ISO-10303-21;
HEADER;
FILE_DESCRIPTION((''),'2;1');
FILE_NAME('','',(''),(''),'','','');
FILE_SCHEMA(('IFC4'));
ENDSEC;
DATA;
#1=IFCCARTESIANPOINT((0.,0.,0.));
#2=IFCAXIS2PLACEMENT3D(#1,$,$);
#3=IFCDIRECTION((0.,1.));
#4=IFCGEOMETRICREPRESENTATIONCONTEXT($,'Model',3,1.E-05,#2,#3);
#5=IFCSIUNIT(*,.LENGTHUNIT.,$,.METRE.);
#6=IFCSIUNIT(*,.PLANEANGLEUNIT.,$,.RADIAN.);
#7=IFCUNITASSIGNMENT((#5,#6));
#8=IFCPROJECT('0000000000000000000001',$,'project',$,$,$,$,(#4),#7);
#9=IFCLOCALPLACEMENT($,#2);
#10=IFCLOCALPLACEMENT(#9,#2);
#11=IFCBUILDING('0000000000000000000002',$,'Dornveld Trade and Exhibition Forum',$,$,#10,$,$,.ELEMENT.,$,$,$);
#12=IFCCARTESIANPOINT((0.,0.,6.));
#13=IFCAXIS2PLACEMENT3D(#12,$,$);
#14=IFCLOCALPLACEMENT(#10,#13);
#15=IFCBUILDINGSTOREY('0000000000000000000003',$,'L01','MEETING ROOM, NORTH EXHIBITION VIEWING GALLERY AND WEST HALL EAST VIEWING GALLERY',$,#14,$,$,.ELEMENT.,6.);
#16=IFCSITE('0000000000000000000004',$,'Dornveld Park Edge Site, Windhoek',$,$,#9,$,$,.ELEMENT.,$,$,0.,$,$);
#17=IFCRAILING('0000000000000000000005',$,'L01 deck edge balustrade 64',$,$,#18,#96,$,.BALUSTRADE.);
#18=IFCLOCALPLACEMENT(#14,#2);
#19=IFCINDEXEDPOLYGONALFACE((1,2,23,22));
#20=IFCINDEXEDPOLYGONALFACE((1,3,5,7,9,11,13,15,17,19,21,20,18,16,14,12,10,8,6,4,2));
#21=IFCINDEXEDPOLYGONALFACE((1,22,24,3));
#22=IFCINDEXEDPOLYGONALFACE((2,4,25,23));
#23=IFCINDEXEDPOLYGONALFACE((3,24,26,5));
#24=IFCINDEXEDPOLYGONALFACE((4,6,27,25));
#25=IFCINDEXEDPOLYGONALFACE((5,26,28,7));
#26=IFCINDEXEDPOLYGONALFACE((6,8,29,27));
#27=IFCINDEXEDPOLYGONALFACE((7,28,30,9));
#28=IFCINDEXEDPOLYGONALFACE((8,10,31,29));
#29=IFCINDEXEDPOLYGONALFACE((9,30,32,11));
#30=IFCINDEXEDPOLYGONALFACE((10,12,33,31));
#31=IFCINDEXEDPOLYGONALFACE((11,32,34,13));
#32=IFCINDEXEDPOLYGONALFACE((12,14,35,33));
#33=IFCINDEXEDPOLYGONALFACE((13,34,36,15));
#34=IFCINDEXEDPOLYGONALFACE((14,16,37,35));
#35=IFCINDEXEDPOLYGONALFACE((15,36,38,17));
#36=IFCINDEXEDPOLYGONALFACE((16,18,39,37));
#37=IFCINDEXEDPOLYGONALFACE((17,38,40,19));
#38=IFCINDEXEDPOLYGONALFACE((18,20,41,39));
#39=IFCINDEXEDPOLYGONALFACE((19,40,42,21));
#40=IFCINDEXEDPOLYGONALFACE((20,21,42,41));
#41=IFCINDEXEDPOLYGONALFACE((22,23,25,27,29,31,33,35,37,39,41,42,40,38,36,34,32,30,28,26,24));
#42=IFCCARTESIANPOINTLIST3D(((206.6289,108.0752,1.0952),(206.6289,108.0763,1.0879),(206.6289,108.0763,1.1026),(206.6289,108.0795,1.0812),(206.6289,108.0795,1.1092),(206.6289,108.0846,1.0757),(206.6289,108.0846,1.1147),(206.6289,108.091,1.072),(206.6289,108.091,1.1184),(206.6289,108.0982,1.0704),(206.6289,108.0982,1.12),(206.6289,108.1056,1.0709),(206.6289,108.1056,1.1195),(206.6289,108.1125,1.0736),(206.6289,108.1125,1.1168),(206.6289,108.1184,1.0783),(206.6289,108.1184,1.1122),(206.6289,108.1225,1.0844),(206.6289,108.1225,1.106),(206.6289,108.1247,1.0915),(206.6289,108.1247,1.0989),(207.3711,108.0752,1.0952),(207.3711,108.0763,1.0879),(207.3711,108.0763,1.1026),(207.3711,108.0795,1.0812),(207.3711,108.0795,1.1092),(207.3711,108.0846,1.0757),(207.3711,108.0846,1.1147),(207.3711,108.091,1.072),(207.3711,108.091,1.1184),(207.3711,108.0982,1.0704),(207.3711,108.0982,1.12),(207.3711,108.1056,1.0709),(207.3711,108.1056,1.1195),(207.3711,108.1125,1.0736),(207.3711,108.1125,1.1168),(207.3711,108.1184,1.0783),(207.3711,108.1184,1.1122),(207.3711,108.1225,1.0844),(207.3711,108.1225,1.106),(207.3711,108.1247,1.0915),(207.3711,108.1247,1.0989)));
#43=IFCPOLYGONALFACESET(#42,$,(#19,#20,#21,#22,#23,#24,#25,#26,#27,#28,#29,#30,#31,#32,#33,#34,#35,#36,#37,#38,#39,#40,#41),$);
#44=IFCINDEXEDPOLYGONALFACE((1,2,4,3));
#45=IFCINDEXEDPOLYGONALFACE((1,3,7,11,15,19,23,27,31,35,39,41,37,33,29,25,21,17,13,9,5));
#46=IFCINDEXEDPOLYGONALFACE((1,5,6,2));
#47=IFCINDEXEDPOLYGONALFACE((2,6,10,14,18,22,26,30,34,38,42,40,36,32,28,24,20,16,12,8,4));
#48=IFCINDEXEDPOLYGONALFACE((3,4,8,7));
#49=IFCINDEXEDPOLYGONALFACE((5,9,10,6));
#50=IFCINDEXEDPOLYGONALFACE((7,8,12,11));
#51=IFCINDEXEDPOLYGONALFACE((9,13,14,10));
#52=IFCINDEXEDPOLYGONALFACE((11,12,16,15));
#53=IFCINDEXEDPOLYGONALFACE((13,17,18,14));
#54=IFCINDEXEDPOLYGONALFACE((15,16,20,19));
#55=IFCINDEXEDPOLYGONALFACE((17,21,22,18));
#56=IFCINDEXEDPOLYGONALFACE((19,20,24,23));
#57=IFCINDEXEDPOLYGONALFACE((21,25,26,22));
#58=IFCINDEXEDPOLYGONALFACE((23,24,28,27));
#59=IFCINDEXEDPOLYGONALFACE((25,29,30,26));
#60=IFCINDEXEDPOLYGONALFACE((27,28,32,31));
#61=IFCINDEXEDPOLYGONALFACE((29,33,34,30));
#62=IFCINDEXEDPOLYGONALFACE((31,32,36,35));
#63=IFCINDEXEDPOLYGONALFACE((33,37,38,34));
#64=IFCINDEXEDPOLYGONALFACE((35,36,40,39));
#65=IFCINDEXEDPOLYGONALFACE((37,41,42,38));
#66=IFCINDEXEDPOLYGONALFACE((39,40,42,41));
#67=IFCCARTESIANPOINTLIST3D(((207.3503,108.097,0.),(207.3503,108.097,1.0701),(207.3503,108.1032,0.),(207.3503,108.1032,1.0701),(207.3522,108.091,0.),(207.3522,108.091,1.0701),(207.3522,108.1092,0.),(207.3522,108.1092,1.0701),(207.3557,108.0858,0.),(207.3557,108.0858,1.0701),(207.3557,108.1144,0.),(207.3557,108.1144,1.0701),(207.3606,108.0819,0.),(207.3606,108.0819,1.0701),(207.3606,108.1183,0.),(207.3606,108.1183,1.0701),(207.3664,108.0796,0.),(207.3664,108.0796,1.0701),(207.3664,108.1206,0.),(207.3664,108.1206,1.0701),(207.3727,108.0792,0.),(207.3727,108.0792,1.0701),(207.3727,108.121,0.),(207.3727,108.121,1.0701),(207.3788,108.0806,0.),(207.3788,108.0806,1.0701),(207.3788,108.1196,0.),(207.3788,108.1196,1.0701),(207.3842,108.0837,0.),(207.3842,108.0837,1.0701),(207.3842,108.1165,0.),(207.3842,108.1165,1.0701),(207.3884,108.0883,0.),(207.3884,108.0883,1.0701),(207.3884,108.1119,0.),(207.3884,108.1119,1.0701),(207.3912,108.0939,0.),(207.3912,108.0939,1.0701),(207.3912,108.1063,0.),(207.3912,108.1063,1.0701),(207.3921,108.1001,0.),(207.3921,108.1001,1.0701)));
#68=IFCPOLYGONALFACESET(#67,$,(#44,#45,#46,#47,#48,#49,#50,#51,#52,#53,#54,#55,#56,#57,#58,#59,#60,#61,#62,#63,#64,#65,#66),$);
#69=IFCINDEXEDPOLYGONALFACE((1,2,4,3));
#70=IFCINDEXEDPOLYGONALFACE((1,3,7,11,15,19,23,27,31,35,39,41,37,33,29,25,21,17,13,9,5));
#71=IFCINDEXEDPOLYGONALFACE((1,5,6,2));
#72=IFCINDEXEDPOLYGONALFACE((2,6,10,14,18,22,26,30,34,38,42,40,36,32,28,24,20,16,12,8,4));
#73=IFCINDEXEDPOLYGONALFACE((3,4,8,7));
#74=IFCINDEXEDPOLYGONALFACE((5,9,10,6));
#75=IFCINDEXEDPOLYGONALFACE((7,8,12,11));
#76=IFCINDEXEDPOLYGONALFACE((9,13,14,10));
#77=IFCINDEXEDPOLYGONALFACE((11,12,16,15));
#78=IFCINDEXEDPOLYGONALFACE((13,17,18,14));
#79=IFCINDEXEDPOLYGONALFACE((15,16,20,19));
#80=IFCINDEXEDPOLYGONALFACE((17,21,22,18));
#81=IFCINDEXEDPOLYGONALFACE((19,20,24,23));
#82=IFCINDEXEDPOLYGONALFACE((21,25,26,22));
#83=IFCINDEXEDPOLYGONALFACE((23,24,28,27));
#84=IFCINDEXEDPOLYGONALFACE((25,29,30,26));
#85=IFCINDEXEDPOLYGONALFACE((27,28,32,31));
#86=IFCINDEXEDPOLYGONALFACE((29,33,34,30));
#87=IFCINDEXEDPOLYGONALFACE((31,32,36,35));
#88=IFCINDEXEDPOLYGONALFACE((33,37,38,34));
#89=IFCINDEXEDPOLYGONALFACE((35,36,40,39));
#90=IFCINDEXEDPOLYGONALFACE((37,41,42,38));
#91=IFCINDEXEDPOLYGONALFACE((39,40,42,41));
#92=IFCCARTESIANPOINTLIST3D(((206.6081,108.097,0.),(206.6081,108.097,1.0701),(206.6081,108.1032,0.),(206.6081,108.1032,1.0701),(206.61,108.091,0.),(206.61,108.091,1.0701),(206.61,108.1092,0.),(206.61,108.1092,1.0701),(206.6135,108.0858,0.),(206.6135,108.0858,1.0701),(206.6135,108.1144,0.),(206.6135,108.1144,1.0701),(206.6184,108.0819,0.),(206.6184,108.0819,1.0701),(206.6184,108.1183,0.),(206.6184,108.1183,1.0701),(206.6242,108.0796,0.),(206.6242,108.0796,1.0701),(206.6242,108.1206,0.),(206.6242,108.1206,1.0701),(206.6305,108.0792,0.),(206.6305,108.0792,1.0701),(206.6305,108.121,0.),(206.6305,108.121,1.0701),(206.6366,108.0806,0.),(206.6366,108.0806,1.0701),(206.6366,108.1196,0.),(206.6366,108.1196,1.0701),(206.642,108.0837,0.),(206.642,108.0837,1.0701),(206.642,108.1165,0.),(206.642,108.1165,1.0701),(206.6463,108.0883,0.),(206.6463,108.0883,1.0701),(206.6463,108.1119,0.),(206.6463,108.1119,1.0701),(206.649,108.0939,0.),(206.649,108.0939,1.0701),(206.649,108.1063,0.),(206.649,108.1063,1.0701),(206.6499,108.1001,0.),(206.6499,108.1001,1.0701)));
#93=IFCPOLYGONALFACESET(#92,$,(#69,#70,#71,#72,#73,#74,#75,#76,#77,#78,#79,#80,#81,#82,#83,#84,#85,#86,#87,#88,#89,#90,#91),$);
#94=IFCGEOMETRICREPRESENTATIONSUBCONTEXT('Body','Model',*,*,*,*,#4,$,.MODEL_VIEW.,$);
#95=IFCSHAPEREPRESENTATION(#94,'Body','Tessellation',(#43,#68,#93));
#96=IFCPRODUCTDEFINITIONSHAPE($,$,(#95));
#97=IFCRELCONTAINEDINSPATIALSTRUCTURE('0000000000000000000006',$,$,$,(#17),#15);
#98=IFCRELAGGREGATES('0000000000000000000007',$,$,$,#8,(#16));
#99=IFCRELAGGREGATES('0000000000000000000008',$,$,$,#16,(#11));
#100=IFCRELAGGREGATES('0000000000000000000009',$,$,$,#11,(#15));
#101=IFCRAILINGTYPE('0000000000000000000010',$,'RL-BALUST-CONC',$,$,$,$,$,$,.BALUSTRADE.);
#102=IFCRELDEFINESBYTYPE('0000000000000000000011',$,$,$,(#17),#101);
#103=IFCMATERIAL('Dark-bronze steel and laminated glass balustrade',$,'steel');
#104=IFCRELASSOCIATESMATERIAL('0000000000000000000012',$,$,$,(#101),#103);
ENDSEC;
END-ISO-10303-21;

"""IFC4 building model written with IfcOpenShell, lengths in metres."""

from ifc_helpers import new_model, si_unit, direction, frame, origin, origin_2d, place, context, subcontext, project, spatial, circle, extrude, material, type_object, element, save


model = new_model("IFC4")

# Units and contexts
model_context = context("Model", 3, precision=1e-05, world=origin(), true_north=direction((0.0, 1.0)))
body_context = subcontext(model_context, "Body", "Model", "MODEL_VIEW")
ifc_project = project(units=[si_unit("LENGTHUNIT", "METRE"), si_unit("PLANEANGLEUNIT", "RADIAN")], contexts=[model_context])

# Site, building, storey
site_placement = place(None, origin())
site = spatial("IfcSite", under=ifc_project, at=site_placement, Name="Dornveld Park Edge Site, Windhoek", CompositionType="ELEMENT", RefElevation=0.0)
building_placement = place(site_placement, origin())
building = spatial("IfcBuilding", under=site, at=building_placement, Name="Dornveld Trade and Exhibition Forum", CompositionType="ELEMENT")
storey_placement = place(building_placement, frame((0.0, 0.0, 6.0)))
storey = spatial("IfcBuildingStorey", under=building, at=storey_placement, Name="L01", Description="MEETING ROOM, NORTH EXHIBITION VIEWING GALLERY AND WEST HALL EAST VIEWING GALLERY", CompositionType="ELEMENT", Elevation=6.0)

# Railing
ifc_material_1 = material(Name="Dark-bronze steel and laminated glass balustrade", Category="steel")
railing_type = type_object("IfcRailingType", Name="RL-BALUST-CONC", PredefinedType="BALUSTRADE", material=ifc_material_1)
railing_placement = place(storey_placement, frame((207.3711, 108.1001, 0.0)))
element("IfcRailing", 1, at=railing_placement, inside=storey, type_object=railing_type, Name="L01 deck edge balustrade 64", PredefinedType="BALUSTRADE", context=body_context, shape_type="SweptSolid", body=[
    extrude(circle(Radius=0.0249, at=origin_2d()), frame((0.0, 0.0, 1.0952), z_axis=(-1.0, 0.0, 0.0), x_axis=(0.0, -1.0, 0.0)), (0.0, 0.0, 1.0), 0.7422),
    extrude(circle(Radius=0.021, at=origin_2d()), origin(), (0.0, 0.0, 1.0), 1.0701),
    extrude(circle(Radius=0.021, at=origin_2d()), frame((-0.7422, 0.0, 0.0)), (0.0, 0.0, 1.0), 1.0701),
])

save(model, "model.ifc")
